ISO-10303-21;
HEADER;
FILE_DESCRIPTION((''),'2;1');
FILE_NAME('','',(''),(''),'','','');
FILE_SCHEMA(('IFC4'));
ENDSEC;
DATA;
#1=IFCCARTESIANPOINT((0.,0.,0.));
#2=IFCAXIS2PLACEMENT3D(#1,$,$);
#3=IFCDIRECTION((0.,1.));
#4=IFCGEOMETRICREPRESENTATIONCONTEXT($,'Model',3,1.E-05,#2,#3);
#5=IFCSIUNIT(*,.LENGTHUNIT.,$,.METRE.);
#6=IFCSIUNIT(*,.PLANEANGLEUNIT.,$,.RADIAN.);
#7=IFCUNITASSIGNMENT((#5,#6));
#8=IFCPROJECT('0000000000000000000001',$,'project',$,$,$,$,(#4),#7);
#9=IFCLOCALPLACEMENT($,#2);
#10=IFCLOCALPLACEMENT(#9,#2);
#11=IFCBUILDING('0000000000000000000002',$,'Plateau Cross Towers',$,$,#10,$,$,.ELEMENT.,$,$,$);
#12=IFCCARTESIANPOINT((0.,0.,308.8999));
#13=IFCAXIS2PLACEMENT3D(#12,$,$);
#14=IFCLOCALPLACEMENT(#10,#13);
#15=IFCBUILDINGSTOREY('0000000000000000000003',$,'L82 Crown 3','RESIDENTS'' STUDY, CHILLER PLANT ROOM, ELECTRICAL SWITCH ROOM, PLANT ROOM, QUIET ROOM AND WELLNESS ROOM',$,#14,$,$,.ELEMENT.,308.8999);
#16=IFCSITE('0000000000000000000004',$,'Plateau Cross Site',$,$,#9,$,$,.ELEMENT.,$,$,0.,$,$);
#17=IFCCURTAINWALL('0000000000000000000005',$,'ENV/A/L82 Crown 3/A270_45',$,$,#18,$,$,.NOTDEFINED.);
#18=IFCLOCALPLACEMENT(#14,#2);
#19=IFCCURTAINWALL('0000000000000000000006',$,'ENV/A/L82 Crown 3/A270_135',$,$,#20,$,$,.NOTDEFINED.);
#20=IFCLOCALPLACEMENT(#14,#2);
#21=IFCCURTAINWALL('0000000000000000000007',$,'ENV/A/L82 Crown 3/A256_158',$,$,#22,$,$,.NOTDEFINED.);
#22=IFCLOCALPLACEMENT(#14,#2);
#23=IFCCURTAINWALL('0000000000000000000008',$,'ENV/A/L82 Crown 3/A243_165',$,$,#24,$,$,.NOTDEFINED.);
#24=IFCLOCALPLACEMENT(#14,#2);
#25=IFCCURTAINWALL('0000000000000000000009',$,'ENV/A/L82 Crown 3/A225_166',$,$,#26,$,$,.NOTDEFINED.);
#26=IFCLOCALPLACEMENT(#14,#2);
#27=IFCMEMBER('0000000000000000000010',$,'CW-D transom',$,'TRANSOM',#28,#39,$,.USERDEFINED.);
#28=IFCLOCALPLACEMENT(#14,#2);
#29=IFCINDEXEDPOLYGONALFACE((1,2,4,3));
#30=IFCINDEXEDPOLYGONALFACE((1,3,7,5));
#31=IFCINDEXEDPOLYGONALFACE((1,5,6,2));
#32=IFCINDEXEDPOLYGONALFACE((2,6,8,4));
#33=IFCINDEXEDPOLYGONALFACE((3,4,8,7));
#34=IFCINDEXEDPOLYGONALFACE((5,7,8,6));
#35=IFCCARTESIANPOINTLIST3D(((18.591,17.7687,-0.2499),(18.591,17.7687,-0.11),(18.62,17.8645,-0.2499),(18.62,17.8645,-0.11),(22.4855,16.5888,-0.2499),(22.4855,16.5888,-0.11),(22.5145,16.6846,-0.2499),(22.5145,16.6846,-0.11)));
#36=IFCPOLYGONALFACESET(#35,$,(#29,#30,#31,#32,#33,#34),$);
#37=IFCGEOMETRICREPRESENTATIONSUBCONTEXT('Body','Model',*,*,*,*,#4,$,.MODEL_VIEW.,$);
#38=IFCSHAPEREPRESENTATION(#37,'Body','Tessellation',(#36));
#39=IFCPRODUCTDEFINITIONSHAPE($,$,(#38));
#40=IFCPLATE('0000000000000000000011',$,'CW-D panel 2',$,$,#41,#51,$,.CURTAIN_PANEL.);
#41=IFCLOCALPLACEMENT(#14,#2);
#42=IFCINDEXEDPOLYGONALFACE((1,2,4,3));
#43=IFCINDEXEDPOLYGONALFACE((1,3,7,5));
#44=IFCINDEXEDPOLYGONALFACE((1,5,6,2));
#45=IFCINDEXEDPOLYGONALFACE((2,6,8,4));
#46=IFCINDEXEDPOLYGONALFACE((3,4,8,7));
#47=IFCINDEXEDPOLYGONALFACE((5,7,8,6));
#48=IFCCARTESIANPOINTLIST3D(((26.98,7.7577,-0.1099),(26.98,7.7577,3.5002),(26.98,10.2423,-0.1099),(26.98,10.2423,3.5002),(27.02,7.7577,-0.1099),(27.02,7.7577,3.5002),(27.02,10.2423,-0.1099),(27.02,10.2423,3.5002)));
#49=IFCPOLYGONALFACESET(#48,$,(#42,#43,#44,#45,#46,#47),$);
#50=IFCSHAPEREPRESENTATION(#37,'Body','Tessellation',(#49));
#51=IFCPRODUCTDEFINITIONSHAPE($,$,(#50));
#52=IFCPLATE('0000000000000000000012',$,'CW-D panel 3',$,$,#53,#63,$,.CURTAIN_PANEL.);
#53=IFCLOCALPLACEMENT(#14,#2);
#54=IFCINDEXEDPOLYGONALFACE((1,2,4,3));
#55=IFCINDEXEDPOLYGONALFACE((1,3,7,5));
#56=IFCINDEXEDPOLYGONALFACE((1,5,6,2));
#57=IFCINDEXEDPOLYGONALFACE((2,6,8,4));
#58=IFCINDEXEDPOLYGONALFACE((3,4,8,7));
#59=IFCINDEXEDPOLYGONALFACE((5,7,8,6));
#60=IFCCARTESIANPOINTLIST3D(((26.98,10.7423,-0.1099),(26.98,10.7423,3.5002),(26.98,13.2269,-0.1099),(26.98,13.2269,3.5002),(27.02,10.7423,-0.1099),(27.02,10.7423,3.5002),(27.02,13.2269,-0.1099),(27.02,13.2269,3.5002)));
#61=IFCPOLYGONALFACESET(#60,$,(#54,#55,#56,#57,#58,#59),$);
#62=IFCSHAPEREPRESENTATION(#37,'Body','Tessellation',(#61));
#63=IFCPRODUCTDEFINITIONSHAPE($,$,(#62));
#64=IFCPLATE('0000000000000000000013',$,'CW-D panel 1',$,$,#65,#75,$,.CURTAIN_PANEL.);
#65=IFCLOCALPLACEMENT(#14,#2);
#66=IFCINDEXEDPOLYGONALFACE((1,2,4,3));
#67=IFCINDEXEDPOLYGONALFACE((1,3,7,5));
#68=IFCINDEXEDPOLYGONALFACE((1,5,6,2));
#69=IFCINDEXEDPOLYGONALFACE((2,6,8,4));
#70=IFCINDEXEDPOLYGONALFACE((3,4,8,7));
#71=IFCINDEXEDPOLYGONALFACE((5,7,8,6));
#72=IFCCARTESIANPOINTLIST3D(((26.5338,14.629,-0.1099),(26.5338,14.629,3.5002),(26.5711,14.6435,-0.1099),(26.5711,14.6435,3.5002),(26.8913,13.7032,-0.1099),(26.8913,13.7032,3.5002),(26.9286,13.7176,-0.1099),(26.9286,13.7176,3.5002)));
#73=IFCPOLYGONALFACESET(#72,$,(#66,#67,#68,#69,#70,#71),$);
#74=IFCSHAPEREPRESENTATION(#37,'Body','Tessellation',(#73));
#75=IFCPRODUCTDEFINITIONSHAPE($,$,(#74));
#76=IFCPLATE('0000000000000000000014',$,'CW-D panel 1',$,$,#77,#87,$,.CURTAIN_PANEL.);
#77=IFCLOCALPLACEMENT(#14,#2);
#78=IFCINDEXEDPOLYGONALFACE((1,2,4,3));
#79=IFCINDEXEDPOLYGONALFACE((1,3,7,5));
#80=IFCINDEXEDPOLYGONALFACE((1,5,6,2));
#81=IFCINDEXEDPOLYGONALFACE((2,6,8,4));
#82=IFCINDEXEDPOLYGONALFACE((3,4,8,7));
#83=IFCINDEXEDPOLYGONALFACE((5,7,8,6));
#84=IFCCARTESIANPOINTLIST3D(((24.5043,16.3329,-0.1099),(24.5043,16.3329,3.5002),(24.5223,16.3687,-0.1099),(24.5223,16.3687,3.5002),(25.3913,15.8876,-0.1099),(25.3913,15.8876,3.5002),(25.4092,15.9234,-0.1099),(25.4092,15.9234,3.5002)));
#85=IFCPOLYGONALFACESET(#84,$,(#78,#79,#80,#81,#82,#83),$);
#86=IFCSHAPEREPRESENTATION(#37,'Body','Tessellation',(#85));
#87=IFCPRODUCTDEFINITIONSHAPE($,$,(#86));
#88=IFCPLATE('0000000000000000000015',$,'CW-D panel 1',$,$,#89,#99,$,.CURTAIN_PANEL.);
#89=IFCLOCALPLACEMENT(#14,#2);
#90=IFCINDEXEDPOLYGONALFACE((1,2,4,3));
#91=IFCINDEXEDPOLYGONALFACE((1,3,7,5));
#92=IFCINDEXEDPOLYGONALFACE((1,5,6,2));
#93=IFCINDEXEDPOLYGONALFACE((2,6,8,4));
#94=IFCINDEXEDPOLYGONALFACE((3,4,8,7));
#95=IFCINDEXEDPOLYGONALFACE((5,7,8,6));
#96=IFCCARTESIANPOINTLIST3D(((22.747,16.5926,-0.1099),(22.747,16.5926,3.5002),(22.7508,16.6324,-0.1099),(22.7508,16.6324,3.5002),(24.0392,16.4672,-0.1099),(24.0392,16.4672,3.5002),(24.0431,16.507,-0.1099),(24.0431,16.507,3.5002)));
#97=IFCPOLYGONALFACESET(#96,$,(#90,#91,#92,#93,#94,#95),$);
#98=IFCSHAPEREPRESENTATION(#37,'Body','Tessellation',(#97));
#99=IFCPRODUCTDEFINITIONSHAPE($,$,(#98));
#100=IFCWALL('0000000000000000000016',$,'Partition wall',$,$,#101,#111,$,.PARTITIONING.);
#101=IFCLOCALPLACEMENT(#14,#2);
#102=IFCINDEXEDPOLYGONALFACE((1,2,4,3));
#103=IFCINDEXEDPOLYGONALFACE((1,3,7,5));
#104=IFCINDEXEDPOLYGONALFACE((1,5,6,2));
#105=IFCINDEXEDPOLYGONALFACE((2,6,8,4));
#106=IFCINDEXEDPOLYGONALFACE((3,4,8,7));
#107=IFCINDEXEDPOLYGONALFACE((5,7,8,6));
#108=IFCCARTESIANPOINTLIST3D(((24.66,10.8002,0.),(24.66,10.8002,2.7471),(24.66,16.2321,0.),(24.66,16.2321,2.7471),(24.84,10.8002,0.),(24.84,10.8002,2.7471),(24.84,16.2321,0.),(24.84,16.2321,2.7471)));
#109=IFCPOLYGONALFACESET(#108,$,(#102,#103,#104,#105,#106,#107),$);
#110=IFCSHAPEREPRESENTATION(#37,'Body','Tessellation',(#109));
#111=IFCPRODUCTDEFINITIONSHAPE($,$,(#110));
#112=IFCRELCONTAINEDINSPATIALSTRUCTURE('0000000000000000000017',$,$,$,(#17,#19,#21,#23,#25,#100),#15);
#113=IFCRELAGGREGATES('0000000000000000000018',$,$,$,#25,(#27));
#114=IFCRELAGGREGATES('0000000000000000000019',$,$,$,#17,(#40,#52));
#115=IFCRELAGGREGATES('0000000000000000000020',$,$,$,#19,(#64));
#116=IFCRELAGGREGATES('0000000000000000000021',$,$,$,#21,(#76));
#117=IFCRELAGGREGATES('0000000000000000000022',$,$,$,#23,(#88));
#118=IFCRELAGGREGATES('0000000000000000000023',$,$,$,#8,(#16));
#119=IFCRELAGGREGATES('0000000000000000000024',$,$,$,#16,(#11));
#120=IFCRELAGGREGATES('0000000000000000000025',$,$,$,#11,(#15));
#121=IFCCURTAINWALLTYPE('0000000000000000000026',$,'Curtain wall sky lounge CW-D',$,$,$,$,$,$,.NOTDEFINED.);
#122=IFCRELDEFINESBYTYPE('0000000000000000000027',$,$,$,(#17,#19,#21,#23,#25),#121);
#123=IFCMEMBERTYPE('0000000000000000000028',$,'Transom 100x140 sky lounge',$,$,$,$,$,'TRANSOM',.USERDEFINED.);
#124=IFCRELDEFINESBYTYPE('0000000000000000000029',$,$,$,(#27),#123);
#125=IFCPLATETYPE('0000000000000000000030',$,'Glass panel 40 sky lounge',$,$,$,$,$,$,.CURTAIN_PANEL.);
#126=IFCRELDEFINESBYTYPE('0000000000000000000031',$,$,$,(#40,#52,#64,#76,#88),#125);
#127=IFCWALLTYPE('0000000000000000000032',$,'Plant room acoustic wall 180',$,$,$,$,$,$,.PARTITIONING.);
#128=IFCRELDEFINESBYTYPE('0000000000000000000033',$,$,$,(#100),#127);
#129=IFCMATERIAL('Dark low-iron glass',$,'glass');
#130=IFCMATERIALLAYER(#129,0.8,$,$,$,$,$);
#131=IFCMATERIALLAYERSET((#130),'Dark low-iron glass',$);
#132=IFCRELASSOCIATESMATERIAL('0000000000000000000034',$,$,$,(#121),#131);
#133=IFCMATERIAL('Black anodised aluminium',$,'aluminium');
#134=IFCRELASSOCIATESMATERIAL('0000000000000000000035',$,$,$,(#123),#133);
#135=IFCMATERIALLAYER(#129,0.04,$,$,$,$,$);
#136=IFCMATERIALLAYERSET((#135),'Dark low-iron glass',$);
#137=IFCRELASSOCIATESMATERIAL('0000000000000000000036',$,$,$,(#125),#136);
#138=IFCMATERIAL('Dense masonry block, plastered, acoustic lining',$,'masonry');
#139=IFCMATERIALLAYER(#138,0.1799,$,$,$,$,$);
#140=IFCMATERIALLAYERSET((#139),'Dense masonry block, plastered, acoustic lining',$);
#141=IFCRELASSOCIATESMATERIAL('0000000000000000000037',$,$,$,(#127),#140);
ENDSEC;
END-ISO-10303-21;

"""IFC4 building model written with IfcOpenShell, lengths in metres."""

from ifc_helpers import new_model, si_unit, direction, frame, frame_2d, origin, origin_2d, place, context, subcontext, project, spatial, rectangle, extrude, material, layer, layer_set, material_profile, profile_set, type_object, element, aggregate, save


model = new_model("IFC4")

# Units and contexts
model_context = context("Model", 3, precision=1e-05, world=origin(), true_north=direction((0.0, 1.0)))
body_context = subcontext(model_context, "Body", "Model", "MODEL_VIEW")
ifc_project = project(units=[si_unit("LENGTHUNIT", "METRE"), si_unit("PLANEANGLEUNIT", "RADIAN")], contexts=[model_context])

# Site, building, storey
site_placement = place(None, origin())
site = spatial("IfcSite", under=ifc_project, at=site_placement, Name="Plateau Cross Site", CompositionType="ELEMENT", RefElevation=0.0)
building_placement = place(site_placement, origin())
building = spatial("IfcBuilding", under=site, at=building_placement, Name="Plateau Cross Towers", CompositionType="ELEMENT")
storey_placement = place(building_placement, frame((0.0, 0.0, 308.8999)))
storey = spatial("IfcBuildingStorey", under=building, at=storey_placement, Name="L82 Crown 3", Description="RESIDENTS' STUDY, CHILLER PLANT ROOM, ELECTRICAL SWITCH ROOM, PLANT ROOM, QUIET ROOM AND WELLNESS ROOM", CompositionType="ELEMENT", Elevation=308.8999)

# Curtain wall
ifc_material_1 = material(Name="Dark low-iron glass", Category="glass")
ifc_layer_1 = layer(ifc_material_1, 0.8)
ifc_layer_set_1 = layer_set([ifc_layer_1], Name="Dark low-iron glass")
curtain_wall_type = type_object("IfcCurtainWallType", Name="Curtain wall sky lounge CW-D", PredefinedType="NOTDEFINED", material=ifc_layer_set_1)
curtain_wall_1_placement = place(storey_placement, origin())
curtain_wall_1 = element("IfcCurtainWall", 1, at=curtain_wall_1_placement, inside=storey, type_object=curtain_wall_type, Name="ENV/A/L82 Crown 3/A270_45", PredefinedType="NOTDEFINED")
ifc_material_2 = material(Name="Black anodised aluminium", Category="aluminium")

# Curtain wall
curtain_wall_2_placement = place(storey_placement, origin())
curtain_wall_2 = element("IfcCurtainWall", 2, at=curtain_wall_2_placement, inside=storey, type_object=curtain_wall_type, Name="ENV/A/L82 Crown 3/A270_135", PredefinedType="NOTDEFINED")

# Curtain walls
curtain_wall_3_placement = place(storey_placement, origin())
curtain_wall_3 = element("IfcCurtainWall", 3, at=curtain_wall_3_placement, inside=storey, type_object=curtain_wall_type, Name="ENV/A/L82 Crown 3/A256_158", PredefinedType="NOTDEFINED")
curtain_wall_4_placement = place(storey_placement, origin())
curtain_wall_4 = element("IfcCurtainWall", 4, at=curtain_wall_4_placement, inside=storey, type_object=curtain_wall_type, Name="ENV/A/L82 Crown 3/A243_165", PredefinedType="NOTDEFINED")
curtain_wall_5_placement = place(storey_placement, origin())
curtain_wall_5 = element("IfcCurtainWall", 5, at=curtain_wall_5_placement, inside=storey, type_object=curtain_wall_type, Name="ENV/A/L82 Crown 3/A225_166", PredefinedType="NOTDEFINED")

# Member
ifc_material_profile_1 = material_profile(ifc_material_2, rectangle(XDim=0.1001, YDim=0.1399, at=origin_2d()), Name="TRANSOM 100x140")
ifc_profile_set_1 = profile_set([ifc_material_profile_1], Name="Black anodised aluminium")
member_type_1 = type_object("IfcMemberType", Name="Transom 100x140 sky lounge", ElementType="TRANSOM", PredefinedType="USERDEFINED", material=ifc_profile_set_1)
member_1_placement = place(storey_placement, frame((22.5, 16.6367, -0.1799), z_axis=(-0.95704, 0.289956, 0.0), x_axis=(-0.289956, -0.95704, 0.0)))
member_1 = element("IfcMember", 6, at=member_1_placement, type_object=member_type_1, Name="CW-D transom", ObjectType="TRANSOM", PredefinedType="USERDEFINED", context=body_context, shape_type="SweptSolid", body=[
    extrude(rectangle(XDim=0.1001, YDim=0.1399, at=origin_2d()), origin(), (0.0, 0.0, 1.0), 4.0693),
])
aggregate(curtain_wall_5, [member_1])

# Plates
ifc_layer_2 = layer(ifc_material_1, 0.04)
ifc_layer_set_2 = layer_set([ifc_layer_2], Name="Dark low-iron glass")
plate_type = type_object("IfcPlateType", Name="Glass panel 40 sky lounge", PredefinedType="CURTAIN_PANEL", material=ifc_layer_set_2)
plate_1_placement = place(storey_placement, frame((27.0, 9.0, -0.1099), z_axis=(0.0, 0.0, 1.0), x_axis=(0.0, 1.0, 0.0)))
plate_1 = element("IfcPlate", 7, at=plate_1_placement, type_object=plate_type, Name="CW-D panel 2", PredefinedType="CURTAIN_PANEL", context=body_context, shape_type="SweptSolid", body=[
    extrude(rectangle(XDim=2.4846, YDim=0.04, at=origin_2d()), origin(), (0.0, 0.0, 1.0), 3.6101),
])
plate_2_placement = place(storey_placement, frame((27.0, 11.9846, -0.1099), z_axis=(0.0, 0.0, 1.0), x_axis=(0.0, 1.0, 0.0)))
plate_2 = element("IfcPlate", 8, at=plate_2_placement, type_object=plate_type, Name="CW-D panel 3", PredefinedType="CURTAIN_PANEL", context=body_context, shape_type="SweptSolid", body=[
    extrude(rectangle(XDim=2.4846, YDim=0.04, at=origin_2d()), origin(), (0.0, 0.0, 1.0), 3.6101),
])
aggregate(curtain_wall_1, [plate_1, plate_2])
plate_3_placement = place(storey_placement, frame((26.7312, 14.1733, -0.1099), z_axis=(0.0, 0.0, 1.0), x_axis=(-0.360226, 0.932865, 0.0)))
plate_3 = element("IfcPlate", 9, at=plate_3_placement, type_object=plate_type, Name="CW-D panel 1", PredefinedType="CURTAIN_PANEL", context=body_context, shape_type="SweptSolid", body=[
    extrude(rectangle(XDim=0.9924, YDim=0.04, at=origin_2d()), origin(), (0.0, 0.0, 1.0), 3.6101),
])
aggregate(curtain_wall_2, [plate_3])
plate_4_placement = place(storey_placement, frame((24.9568, 16.1282, -0.1099), z_axis=(0.0, 0.0, 1.0), x_axis=(-0.893702, 0.448661, 0.0)))
plate_4 = element("IfcPlate", 10, at=plate_4_placement, type_object=plate_type, Name="CW-D panel 1", PredefinedType="CURTAIN_PANEL", context=body_context, shape_type="SweptSolid", body=[
    extrude(rectangle(XDim=0.9924, YDim=0.04, at=origin_2d()), origin(), (0.0, 0.0, 1.0), 3.6101),
])
aggregate(curtain_wall_3, [plate_4])
plate_5_placement = place(storey_placement, frame((23.395, 16.5498, -0.1099), z_axis=(0.0, 0.0, 1.0), x_axis=(-0.995323, 0.096606, 0.0)))
plate_5 = element("IfcPlate", 11, at=plate_5_placement, type_object=plate_type, Name="CW-D panel 1", PredefinedType="CURTAIN_PANEL", context=body_context, shape_type="SweptSolid", body=[
    extrude(rectangle(XDim=1.2983, YDim=0.04, at=origin_2d()), origin(), (0.0, 0.0, 1.0), 3.6101),
])
aggregate(curtain_wall_4, [plate_5])

# Wall
ifc_material_3 = material(Name="Dense masonry block, plastered, acoustic lining", Category="masonry")
ifc_layer_3 = layer(ifc_material_3, 0.1799)
ifc_layer_set_3 = layer_set([ifc_layer_3], Name="Dense masonry block, plastered, acoustic lining")
wall_type = type_object("IfcWallType", Name="Plant room acoustic wall 180", PredefinedType="PARTITIONING", material=ifc_layer_set_3)
wall_1_placement = place(storey_placement, frame((24.75, 16.2319, 0.0), z_axis=(0.0, 0.0, 1.0), x_axis=(0.0, -1.0, 0.0)))
element("IfcWall", 12, at=wall_1_placement, inside=storey, type_object=wall_type, Name="Partition wall", PredefinedType="PARTITIONING", context=body_context, shape_type="SweptSolid", body=[
    extrude(rectangle(XDim=5.4319, YDim=0.1799, at=frame_2d((2.7158, 0.0))), origin(), (0.0, 0.0, 1.0), 2.7471),
])

save(model, "model.ifc")
